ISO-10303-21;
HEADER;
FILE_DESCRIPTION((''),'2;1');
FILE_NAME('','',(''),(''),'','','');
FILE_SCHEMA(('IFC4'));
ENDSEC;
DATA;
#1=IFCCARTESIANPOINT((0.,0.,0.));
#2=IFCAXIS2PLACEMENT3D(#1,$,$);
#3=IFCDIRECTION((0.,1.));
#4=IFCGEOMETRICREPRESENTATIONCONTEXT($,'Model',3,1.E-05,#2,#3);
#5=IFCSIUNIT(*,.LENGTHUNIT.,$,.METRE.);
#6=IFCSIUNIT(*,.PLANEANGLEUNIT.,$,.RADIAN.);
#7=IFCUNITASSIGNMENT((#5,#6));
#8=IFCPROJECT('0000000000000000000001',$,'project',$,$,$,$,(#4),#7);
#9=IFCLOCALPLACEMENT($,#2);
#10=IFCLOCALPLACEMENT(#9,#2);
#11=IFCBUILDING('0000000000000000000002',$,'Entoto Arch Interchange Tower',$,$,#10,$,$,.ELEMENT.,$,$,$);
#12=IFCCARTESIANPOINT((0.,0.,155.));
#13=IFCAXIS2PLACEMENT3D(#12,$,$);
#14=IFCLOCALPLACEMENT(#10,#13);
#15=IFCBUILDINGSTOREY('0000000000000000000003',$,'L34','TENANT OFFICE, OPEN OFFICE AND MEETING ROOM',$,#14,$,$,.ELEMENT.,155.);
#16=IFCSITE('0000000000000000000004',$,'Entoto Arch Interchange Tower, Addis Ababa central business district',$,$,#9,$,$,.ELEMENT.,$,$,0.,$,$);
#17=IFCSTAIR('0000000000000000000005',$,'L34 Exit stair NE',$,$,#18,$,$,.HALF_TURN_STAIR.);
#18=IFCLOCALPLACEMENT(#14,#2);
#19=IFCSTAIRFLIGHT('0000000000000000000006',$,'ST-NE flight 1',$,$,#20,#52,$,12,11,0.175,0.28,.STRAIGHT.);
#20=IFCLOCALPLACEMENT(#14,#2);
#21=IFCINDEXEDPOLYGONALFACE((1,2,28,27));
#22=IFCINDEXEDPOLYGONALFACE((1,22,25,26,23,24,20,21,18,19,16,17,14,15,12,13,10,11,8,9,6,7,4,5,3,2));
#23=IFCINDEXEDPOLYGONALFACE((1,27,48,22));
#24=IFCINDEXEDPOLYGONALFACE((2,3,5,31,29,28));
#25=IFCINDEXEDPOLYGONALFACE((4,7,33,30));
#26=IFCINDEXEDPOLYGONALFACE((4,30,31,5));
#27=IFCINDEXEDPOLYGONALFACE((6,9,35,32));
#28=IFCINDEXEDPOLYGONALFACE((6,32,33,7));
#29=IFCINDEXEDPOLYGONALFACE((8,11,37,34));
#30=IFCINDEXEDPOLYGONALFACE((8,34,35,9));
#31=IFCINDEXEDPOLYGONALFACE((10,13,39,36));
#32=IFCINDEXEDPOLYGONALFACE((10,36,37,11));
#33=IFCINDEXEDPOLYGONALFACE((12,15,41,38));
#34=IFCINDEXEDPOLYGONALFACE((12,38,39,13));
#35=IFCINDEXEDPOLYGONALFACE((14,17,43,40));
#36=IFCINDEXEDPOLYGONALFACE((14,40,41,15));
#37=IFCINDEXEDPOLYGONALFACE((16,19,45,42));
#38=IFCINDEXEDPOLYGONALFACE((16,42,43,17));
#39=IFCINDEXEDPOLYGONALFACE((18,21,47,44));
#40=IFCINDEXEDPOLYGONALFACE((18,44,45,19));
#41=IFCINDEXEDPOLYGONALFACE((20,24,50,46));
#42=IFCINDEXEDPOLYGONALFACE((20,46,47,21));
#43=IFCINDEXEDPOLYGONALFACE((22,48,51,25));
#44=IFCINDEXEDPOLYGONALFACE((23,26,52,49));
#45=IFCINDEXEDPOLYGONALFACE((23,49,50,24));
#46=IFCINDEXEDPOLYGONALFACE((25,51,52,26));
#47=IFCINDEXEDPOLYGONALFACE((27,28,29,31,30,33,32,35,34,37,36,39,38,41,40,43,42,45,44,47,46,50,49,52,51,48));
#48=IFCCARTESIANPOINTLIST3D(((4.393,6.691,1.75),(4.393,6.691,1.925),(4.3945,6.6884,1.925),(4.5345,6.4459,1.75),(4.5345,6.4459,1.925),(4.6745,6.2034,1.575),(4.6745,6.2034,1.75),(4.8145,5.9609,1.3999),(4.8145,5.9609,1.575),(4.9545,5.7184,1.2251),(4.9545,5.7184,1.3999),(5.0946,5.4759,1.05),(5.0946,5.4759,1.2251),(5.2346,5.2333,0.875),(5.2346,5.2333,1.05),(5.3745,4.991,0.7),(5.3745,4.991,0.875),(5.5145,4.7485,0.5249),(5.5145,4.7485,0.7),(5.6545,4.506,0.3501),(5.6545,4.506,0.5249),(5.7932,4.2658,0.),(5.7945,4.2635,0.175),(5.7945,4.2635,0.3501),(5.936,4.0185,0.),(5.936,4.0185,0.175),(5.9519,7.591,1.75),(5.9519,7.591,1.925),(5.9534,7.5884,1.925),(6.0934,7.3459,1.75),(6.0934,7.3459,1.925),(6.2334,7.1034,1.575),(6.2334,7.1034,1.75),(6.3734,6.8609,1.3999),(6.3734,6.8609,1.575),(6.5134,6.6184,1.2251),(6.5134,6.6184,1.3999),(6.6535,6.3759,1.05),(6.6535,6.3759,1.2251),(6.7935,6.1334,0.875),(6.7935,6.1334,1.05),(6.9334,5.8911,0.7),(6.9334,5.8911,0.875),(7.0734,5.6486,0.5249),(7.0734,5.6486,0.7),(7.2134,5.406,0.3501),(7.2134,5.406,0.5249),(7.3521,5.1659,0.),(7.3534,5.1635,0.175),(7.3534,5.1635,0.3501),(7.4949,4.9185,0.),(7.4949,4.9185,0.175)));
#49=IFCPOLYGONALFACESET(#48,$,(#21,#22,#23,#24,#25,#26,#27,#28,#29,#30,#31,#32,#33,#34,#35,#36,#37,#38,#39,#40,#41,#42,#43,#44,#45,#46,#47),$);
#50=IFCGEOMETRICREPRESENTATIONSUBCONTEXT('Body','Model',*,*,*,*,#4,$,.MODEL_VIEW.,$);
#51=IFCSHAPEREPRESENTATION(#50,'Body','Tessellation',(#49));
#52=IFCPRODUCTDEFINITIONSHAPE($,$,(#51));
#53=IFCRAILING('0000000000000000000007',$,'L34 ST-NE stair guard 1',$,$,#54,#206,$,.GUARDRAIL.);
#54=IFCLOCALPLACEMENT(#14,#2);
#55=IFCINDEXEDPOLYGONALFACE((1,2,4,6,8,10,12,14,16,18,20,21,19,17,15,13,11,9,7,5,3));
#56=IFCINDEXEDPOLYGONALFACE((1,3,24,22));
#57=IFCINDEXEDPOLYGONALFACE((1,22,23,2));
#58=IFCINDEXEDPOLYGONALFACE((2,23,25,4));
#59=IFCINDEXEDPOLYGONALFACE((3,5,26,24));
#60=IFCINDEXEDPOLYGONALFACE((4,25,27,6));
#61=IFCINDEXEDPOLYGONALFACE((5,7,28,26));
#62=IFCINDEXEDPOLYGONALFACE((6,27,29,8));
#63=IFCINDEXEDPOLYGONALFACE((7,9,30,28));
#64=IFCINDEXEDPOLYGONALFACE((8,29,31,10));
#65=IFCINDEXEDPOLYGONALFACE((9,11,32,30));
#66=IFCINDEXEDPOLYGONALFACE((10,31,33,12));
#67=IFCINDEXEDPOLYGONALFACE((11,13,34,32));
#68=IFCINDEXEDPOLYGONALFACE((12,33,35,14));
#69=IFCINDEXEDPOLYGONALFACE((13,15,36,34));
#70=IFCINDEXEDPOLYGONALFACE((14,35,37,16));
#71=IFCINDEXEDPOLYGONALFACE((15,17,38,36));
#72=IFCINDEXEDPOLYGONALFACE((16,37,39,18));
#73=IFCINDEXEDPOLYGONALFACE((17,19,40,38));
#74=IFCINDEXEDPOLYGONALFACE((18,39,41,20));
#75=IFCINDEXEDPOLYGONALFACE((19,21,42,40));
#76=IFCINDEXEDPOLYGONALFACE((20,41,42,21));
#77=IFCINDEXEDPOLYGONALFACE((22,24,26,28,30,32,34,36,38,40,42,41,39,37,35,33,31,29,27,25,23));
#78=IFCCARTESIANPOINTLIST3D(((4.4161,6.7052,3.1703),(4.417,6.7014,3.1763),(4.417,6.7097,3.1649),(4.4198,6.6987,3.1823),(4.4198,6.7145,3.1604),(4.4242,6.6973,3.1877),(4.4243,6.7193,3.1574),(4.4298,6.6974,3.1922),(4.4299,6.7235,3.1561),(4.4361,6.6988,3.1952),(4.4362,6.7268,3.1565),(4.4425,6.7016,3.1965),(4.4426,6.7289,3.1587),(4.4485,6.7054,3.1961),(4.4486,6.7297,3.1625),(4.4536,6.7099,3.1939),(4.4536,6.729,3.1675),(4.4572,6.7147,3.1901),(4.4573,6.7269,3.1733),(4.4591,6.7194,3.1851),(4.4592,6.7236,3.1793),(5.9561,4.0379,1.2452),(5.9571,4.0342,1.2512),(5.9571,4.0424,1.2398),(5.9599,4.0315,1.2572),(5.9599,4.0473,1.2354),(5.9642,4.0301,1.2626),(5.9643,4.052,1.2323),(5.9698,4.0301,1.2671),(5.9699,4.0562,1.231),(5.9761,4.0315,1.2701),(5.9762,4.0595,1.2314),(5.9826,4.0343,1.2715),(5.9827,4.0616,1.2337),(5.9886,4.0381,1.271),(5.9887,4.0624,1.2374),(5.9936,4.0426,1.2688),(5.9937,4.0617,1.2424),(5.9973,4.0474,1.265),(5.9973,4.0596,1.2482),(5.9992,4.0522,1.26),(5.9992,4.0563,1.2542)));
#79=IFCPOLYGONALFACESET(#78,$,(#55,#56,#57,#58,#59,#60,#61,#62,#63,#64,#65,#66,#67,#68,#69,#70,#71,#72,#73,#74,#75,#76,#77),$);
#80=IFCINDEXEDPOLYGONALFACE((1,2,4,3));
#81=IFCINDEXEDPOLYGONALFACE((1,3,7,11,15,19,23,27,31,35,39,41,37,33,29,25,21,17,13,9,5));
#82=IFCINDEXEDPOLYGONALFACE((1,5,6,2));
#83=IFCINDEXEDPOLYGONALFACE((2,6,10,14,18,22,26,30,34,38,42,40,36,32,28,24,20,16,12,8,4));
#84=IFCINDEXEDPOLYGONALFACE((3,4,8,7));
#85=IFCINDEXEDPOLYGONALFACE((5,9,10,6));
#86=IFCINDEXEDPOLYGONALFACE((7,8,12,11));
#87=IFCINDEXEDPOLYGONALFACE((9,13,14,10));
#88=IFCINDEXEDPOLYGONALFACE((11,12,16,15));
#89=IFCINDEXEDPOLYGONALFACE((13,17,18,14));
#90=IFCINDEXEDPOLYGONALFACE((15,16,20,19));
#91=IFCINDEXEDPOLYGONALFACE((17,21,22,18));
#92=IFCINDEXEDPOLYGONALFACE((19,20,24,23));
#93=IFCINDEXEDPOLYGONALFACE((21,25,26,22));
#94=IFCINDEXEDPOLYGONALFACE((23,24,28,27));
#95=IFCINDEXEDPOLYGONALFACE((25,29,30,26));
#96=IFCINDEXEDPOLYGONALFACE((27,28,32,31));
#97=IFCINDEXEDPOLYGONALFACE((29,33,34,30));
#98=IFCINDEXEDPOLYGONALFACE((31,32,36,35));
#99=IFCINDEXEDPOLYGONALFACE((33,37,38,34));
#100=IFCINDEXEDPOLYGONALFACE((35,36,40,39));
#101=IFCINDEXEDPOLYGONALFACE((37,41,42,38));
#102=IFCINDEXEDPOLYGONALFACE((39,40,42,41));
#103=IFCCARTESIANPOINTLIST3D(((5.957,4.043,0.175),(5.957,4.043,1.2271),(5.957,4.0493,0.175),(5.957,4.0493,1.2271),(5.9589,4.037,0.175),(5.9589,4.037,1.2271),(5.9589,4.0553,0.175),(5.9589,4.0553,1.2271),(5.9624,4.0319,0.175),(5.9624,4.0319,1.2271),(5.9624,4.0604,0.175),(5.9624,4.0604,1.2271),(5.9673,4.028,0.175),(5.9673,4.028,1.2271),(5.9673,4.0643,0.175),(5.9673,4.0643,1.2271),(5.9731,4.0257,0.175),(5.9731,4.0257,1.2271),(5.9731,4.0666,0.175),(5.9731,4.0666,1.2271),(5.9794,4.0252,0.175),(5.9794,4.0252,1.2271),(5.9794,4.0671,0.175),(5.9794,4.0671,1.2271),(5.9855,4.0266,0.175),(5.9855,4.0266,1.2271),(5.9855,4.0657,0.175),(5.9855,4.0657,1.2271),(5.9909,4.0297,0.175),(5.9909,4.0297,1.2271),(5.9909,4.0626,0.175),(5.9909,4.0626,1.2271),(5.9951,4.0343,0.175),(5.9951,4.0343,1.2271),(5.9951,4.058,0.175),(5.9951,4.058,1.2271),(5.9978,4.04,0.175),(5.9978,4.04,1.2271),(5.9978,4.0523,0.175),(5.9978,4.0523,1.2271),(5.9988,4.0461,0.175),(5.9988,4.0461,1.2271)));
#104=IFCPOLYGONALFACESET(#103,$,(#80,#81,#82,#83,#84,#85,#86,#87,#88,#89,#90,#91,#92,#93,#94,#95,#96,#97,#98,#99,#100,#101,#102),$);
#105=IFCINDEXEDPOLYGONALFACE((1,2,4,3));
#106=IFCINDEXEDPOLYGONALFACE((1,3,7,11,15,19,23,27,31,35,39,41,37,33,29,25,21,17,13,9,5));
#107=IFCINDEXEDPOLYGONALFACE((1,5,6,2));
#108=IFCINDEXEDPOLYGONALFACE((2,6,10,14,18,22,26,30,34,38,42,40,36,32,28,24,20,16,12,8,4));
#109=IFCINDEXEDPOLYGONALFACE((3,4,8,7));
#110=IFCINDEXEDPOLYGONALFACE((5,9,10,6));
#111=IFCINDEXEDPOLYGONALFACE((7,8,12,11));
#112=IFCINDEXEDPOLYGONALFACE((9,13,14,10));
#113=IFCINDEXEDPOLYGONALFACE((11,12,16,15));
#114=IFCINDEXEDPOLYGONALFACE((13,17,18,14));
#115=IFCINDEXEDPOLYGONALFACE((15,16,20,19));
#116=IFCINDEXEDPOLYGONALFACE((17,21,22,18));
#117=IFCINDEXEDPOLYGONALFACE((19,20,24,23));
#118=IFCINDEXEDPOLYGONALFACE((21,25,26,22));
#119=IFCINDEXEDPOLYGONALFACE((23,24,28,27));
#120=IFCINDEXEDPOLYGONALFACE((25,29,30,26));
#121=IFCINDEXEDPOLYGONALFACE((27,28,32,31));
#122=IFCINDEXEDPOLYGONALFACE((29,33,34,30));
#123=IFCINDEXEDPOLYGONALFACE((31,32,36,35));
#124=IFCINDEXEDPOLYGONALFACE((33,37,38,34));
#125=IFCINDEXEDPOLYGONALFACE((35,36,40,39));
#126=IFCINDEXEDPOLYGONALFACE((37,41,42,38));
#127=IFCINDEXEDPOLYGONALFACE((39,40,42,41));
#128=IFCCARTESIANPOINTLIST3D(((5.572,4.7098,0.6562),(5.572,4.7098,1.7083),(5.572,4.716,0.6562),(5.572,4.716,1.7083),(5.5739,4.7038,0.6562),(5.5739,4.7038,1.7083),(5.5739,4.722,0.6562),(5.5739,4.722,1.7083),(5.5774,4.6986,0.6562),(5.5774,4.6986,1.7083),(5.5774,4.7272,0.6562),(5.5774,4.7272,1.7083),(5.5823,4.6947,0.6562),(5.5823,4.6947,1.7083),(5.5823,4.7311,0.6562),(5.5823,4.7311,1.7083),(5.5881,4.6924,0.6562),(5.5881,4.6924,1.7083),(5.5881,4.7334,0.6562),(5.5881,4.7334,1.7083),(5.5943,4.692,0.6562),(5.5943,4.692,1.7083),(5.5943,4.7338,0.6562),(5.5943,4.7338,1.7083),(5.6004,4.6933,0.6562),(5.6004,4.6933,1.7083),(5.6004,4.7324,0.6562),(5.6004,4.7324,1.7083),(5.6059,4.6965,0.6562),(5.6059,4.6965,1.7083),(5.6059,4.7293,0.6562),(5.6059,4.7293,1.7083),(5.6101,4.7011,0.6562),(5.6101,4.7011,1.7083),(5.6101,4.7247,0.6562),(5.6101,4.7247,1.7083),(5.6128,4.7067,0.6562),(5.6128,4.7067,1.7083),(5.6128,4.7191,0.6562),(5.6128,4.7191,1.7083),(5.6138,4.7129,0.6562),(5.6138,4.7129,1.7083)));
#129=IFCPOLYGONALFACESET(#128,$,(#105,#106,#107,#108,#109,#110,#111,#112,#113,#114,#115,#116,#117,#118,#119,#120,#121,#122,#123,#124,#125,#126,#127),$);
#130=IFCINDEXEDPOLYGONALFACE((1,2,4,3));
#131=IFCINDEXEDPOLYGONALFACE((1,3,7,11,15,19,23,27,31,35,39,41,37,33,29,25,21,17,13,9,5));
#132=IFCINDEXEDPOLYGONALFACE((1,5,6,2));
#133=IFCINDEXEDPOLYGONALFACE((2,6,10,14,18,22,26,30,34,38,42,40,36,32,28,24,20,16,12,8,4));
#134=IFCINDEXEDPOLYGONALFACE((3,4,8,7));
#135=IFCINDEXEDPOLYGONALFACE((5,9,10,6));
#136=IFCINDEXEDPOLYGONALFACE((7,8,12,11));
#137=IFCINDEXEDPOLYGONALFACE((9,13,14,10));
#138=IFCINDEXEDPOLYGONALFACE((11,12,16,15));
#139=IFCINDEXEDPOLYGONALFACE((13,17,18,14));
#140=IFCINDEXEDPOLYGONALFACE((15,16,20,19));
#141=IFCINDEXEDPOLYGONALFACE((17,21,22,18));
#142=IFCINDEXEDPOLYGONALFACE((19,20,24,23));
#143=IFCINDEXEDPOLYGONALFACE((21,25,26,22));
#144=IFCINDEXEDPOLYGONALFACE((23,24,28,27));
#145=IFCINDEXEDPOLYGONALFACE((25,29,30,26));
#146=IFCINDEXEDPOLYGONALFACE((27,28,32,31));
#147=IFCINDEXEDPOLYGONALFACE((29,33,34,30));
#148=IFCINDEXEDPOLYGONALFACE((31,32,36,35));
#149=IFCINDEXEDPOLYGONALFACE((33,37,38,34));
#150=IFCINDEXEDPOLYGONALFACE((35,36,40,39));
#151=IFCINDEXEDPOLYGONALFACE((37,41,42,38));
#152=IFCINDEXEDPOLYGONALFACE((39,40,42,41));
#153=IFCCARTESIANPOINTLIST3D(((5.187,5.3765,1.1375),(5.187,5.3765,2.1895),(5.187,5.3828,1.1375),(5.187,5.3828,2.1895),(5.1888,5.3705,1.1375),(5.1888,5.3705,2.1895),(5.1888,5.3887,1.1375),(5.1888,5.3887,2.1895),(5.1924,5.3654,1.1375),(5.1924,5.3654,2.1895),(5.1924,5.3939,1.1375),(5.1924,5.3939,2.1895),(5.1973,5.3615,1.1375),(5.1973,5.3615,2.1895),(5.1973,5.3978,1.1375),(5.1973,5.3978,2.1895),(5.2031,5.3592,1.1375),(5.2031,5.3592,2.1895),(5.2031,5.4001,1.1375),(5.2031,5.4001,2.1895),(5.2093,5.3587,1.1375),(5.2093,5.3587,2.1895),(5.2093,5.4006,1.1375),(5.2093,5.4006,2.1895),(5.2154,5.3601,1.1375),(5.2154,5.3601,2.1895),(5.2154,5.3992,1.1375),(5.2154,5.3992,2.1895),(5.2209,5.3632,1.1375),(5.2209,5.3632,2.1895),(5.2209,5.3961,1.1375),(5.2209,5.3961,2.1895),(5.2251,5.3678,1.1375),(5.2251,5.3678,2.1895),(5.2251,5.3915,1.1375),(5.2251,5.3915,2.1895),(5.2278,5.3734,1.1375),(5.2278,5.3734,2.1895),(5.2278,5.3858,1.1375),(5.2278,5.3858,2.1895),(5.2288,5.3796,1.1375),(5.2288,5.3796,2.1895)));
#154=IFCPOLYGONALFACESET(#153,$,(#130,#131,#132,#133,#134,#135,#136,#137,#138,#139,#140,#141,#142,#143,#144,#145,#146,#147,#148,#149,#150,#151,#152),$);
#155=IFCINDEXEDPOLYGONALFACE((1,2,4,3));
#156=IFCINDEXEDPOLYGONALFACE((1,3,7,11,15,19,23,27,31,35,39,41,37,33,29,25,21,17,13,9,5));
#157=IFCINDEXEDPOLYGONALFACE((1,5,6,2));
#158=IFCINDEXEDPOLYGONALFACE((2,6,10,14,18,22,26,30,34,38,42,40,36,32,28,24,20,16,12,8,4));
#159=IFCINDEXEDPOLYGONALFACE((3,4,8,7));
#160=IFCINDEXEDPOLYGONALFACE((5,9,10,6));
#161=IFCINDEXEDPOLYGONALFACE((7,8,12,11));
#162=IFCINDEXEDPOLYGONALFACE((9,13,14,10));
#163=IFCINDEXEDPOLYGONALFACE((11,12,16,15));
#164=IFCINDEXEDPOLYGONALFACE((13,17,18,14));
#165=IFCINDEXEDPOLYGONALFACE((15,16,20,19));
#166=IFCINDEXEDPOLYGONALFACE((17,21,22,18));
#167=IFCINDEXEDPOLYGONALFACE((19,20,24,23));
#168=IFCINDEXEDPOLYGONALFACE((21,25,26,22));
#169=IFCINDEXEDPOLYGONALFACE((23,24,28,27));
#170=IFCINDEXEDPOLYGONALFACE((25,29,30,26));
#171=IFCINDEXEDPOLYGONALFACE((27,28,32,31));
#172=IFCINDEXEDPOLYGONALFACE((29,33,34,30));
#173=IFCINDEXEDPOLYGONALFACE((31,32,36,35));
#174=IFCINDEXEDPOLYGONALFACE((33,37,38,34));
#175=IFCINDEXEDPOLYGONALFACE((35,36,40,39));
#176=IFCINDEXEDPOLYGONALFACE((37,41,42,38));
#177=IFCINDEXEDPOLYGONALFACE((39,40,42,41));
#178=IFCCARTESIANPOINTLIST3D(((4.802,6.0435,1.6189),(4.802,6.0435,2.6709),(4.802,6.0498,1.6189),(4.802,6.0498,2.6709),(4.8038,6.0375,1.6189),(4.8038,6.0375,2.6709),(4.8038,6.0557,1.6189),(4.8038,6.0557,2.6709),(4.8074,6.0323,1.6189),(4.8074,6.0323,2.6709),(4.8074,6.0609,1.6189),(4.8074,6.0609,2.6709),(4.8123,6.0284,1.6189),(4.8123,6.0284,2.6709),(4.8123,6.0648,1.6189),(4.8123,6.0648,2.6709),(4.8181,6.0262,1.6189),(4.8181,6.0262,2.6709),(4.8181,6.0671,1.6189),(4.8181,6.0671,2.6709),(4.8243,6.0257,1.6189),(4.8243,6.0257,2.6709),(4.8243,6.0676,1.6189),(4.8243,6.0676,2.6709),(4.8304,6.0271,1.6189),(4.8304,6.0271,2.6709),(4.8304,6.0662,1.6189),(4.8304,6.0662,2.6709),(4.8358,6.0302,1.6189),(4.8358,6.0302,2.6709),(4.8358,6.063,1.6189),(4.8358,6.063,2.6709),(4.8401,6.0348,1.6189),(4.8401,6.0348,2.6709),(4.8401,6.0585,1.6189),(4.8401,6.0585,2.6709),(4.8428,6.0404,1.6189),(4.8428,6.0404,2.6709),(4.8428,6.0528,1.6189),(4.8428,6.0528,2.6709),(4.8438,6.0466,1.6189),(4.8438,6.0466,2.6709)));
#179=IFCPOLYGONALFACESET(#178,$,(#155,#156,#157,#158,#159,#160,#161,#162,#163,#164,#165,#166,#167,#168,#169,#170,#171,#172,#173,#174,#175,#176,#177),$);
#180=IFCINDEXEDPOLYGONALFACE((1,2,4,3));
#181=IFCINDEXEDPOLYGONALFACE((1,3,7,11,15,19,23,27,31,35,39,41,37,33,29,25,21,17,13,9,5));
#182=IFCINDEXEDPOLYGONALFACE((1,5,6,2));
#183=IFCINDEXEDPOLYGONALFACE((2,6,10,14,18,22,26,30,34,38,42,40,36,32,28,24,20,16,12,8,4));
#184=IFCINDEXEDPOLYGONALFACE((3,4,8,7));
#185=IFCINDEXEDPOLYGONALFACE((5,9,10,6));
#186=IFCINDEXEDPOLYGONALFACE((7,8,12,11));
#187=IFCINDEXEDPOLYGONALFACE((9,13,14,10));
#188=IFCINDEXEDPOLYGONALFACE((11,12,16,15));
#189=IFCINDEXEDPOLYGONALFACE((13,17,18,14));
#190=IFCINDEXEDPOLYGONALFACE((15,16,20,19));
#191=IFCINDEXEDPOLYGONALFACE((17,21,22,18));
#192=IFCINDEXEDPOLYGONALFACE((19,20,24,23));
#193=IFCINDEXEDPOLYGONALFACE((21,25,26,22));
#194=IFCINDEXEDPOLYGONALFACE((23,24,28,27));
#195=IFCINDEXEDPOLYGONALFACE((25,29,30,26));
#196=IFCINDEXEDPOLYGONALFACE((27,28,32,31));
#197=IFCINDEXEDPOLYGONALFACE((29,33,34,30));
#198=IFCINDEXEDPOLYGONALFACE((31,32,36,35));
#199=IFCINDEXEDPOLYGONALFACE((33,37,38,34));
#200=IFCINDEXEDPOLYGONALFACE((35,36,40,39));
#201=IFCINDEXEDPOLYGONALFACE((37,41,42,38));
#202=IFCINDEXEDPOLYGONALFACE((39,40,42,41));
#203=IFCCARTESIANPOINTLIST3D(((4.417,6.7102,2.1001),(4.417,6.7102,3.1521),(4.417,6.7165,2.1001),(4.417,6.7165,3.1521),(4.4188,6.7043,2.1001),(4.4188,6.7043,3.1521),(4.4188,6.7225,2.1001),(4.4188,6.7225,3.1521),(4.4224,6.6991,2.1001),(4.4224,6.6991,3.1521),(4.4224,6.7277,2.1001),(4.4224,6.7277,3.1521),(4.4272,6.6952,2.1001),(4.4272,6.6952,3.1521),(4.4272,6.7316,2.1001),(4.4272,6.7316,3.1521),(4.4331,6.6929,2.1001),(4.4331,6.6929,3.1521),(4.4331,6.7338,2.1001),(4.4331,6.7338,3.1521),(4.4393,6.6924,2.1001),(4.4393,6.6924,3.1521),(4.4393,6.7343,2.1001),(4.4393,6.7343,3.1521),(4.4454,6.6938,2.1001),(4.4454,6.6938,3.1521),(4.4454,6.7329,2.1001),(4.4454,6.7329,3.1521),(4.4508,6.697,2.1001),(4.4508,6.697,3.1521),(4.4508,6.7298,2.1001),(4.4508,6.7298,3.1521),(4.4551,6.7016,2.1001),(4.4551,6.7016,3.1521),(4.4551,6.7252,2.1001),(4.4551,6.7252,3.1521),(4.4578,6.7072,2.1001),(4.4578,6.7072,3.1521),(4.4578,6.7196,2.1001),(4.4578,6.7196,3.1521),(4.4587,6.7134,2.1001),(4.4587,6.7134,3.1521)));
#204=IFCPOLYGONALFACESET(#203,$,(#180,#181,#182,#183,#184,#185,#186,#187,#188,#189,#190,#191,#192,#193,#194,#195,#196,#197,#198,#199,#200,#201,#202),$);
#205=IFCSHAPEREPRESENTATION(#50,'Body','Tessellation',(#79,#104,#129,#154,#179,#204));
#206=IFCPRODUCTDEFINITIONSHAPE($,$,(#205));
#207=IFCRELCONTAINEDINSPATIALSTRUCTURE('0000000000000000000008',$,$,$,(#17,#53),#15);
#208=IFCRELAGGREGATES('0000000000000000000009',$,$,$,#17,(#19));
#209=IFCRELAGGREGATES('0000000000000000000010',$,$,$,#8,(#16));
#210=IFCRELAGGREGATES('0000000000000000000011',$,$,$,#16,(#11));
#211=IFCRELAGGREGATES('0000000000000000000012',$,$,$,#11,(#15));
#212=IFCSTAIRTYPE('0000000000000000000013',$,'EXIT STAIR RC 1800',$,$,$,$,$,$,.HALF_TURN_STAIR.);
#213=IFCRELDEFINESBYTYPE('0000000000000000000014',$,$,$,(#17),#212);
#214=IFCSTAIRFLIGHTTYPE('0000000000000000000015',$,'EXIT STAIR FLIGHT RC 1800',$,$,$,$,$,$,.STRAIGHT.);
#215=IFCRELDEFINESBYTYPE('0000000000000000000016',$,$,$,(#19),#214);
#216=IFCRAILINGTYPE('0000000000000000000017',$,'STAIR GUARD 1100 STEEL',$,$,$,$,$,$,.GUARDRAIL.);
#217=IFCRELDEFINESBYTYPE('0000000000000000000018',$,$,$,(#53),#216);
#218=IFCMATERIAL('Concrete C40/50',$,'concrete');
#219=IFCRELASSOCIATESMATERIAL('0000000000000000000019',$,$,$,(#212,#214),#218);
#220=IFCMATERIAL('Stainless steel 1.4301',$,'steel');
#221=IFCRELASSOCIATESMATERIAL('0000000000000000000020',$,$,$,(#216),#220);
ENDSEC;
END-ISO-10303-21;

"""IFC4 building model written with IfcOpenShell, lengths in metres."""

from ifc_helpers import new_model, si_unit, direction, frame, origin, origin_2d, place, context, subcontext, project, spatial, polyline, circle, outline, extrude, material, type_object, element, aggregate, save


model = new_model("IFC4")

# Units and contexts
model_context = context("Model", 3, precision=1e-05, world=origin(), true_north=direction((0.0, 1.0)))
body_context = subcontext(model_context, "Body", "Model", "MODEL_VIEW")
ifc_project = project(units=[si_unit("LENGTHUNIT", "METRE"), si_unit("PLANEANGLEUNIT", "RADIAN")], contexts=[model_context])

# Site, building, storey
site_placement = place(None, origin())
site = spatial("IfcSite", under=ifc_project, at=site_placement, Name="Entoto Arch Interchange Tower, Addis Ababa central business district", CompositionType="ELEMENT", RefElevation=0.0)
building_placement = place(site_placement, origin())
building = spatial("IfcBuilding", under=site, at=building_placement, Name="Entoto Arch Interchange Tower", CompositionType="ELEMENT")
storey_placement = place(building_placement, frame((0.0, 0.0, 155.0)))
storey = spatial("IfcBuildingStorey", under=building, at=storey_placement, Name="L34", Description="TENANT OFFICE, OPEN OFFICE AND MEETING ROOM", CompositionType="ELEMENT", Elevation=155.0)

# Shared definitions
ifc_material_1 = material(Name="Concrete C40/50", Category="concrete")

# Stair, stair flight
stair_type = type_object("IfcStairType", Name="EXIT STAIR RC 1800", PredefinedType="HALF_TURN_STAIR", material=ifc_material_1)
stair_placement = place(storey_placement, origin())
stair = element("IfcStair", 1, at=stair_placement, inside=storey, type_object=stair_type, Name="L34 Exit stair NE", PredefinedType="HALF_TURN_STAIR")
stair_flight_type = type_object("IfcStairFlightType", Name="EXIT STAIR FLIGHT RC 1800", PredefinedType="STRAIGHT", material=ifc_material_1)
stair_flight_placement = place(storey_placement, frame((6.7139, 4.4709, 0.0), z_axis=(0.0, 0.0, 1.0), x_axis=(-0.5, 0.866025, 0.0)))
stair_flight = element("IfcStairFlight", 2, at=stair_flight_placement, type_object=stair_flight_type, Name="ST-NE flight 1", NumberOfRisers=12, NumberOfTreads=11, PredefinedType="STRAIGHT", RiserHeight=0.175, TreadLength=0.28, context=body_context, shape_type="SweptSolid", body=[
    extrude(outline(polyline([(-0.0029, 0.0), (-0.0029, 0.175), (0.28, 0.175), (0.28, 0.3501), (0.5601, 0.3501), (0.5601, 0.5249), (0.8401, 0.5249), (0.8401, 0.7), (1.1201, 0.7), (1.1201, 0.875), (1.3999, 0.875), (1.3999, 1.05), (1.6799, 1.05), (1.6799, 1.2251), (1.96, 1.2251), (1.96, 1.3999), (2.24, 1.3999), (2.24, 1.575), (2.52, 1.575), (2.52, 1.75), (2.8, 1.75), (2.8, 1.925), (3.0801, 1.925), (3.083, 1.925), (3.083, 1.75), (0.2827, 0.0), (-0.0029, 0.0)])), frame((0.0, 0.8999, 0.0), z_axis=(0.0, -1.0, 0.0), x_axis=(1.0, 0.0, 0.0)), (0.0, 0.0, 1.0), 1.8),
])
aggregate(stair, [stair_flight])

# Railing
ifc_material_2 = material(Name="Stainless steel 1.4301", Category="steel")
railing_type_1 = type_object("IfcRailingType", Name="STAIR GUARD 1100 STEEL", PredefinedType="GUARDRAIL", material=ifc_material_2)
railing_1_placement = place(storey_placement, frame((5.9778, 4.0461, 0.175)))
element("IfcRailing", 3, at=railing_1_placement, inside=storey, type_object=railing_type_1, Name="L34 ST-NE stair guard 1", PredefinedType="GUARDRAIL", context=body_context, shape_type="SweptSolid", body=[
    extrude(circle(Radius=0.0239, at=origin_2d()), frame((0.0, 0.0, 1.0762), z_axis=(-0.424015, 0.734364, 0.530019), x_axis=(-0.86601, -0.500027, 0.0)), (0.0, 0.0, 1.0), 3.6321),
    extrude(circle(Radius=0.021, at=origin_2d()), origin(), (0.0, 0.0, 1.0), 1.052),
    extrude(circle(Radius=0.021, at=origin_2d()), frame((-0.385, 0.6667, 0.4812)), (0.0, 0.0, 1.0), 1.052),
    extrude(circle(Radius=0.021, at=origin_2d()), frame((-0.77, 1.3335, 0.9624)), (0.0, 0.0, 1.0), 1.052),
    extrude(circle(Radius=0.021, at=origin_2d()), frame((-1.155, 2.0005, 1.4438)), (0.0, 0.0, 1.0), 1.052),
    extrude(circle(Radius=0.021, at=origin_2d()), frame((-1.54, 2.6672, 1.925)), (0.0, 0.0, 1.0), 1.052),
])

save(model, "model.ifc")
